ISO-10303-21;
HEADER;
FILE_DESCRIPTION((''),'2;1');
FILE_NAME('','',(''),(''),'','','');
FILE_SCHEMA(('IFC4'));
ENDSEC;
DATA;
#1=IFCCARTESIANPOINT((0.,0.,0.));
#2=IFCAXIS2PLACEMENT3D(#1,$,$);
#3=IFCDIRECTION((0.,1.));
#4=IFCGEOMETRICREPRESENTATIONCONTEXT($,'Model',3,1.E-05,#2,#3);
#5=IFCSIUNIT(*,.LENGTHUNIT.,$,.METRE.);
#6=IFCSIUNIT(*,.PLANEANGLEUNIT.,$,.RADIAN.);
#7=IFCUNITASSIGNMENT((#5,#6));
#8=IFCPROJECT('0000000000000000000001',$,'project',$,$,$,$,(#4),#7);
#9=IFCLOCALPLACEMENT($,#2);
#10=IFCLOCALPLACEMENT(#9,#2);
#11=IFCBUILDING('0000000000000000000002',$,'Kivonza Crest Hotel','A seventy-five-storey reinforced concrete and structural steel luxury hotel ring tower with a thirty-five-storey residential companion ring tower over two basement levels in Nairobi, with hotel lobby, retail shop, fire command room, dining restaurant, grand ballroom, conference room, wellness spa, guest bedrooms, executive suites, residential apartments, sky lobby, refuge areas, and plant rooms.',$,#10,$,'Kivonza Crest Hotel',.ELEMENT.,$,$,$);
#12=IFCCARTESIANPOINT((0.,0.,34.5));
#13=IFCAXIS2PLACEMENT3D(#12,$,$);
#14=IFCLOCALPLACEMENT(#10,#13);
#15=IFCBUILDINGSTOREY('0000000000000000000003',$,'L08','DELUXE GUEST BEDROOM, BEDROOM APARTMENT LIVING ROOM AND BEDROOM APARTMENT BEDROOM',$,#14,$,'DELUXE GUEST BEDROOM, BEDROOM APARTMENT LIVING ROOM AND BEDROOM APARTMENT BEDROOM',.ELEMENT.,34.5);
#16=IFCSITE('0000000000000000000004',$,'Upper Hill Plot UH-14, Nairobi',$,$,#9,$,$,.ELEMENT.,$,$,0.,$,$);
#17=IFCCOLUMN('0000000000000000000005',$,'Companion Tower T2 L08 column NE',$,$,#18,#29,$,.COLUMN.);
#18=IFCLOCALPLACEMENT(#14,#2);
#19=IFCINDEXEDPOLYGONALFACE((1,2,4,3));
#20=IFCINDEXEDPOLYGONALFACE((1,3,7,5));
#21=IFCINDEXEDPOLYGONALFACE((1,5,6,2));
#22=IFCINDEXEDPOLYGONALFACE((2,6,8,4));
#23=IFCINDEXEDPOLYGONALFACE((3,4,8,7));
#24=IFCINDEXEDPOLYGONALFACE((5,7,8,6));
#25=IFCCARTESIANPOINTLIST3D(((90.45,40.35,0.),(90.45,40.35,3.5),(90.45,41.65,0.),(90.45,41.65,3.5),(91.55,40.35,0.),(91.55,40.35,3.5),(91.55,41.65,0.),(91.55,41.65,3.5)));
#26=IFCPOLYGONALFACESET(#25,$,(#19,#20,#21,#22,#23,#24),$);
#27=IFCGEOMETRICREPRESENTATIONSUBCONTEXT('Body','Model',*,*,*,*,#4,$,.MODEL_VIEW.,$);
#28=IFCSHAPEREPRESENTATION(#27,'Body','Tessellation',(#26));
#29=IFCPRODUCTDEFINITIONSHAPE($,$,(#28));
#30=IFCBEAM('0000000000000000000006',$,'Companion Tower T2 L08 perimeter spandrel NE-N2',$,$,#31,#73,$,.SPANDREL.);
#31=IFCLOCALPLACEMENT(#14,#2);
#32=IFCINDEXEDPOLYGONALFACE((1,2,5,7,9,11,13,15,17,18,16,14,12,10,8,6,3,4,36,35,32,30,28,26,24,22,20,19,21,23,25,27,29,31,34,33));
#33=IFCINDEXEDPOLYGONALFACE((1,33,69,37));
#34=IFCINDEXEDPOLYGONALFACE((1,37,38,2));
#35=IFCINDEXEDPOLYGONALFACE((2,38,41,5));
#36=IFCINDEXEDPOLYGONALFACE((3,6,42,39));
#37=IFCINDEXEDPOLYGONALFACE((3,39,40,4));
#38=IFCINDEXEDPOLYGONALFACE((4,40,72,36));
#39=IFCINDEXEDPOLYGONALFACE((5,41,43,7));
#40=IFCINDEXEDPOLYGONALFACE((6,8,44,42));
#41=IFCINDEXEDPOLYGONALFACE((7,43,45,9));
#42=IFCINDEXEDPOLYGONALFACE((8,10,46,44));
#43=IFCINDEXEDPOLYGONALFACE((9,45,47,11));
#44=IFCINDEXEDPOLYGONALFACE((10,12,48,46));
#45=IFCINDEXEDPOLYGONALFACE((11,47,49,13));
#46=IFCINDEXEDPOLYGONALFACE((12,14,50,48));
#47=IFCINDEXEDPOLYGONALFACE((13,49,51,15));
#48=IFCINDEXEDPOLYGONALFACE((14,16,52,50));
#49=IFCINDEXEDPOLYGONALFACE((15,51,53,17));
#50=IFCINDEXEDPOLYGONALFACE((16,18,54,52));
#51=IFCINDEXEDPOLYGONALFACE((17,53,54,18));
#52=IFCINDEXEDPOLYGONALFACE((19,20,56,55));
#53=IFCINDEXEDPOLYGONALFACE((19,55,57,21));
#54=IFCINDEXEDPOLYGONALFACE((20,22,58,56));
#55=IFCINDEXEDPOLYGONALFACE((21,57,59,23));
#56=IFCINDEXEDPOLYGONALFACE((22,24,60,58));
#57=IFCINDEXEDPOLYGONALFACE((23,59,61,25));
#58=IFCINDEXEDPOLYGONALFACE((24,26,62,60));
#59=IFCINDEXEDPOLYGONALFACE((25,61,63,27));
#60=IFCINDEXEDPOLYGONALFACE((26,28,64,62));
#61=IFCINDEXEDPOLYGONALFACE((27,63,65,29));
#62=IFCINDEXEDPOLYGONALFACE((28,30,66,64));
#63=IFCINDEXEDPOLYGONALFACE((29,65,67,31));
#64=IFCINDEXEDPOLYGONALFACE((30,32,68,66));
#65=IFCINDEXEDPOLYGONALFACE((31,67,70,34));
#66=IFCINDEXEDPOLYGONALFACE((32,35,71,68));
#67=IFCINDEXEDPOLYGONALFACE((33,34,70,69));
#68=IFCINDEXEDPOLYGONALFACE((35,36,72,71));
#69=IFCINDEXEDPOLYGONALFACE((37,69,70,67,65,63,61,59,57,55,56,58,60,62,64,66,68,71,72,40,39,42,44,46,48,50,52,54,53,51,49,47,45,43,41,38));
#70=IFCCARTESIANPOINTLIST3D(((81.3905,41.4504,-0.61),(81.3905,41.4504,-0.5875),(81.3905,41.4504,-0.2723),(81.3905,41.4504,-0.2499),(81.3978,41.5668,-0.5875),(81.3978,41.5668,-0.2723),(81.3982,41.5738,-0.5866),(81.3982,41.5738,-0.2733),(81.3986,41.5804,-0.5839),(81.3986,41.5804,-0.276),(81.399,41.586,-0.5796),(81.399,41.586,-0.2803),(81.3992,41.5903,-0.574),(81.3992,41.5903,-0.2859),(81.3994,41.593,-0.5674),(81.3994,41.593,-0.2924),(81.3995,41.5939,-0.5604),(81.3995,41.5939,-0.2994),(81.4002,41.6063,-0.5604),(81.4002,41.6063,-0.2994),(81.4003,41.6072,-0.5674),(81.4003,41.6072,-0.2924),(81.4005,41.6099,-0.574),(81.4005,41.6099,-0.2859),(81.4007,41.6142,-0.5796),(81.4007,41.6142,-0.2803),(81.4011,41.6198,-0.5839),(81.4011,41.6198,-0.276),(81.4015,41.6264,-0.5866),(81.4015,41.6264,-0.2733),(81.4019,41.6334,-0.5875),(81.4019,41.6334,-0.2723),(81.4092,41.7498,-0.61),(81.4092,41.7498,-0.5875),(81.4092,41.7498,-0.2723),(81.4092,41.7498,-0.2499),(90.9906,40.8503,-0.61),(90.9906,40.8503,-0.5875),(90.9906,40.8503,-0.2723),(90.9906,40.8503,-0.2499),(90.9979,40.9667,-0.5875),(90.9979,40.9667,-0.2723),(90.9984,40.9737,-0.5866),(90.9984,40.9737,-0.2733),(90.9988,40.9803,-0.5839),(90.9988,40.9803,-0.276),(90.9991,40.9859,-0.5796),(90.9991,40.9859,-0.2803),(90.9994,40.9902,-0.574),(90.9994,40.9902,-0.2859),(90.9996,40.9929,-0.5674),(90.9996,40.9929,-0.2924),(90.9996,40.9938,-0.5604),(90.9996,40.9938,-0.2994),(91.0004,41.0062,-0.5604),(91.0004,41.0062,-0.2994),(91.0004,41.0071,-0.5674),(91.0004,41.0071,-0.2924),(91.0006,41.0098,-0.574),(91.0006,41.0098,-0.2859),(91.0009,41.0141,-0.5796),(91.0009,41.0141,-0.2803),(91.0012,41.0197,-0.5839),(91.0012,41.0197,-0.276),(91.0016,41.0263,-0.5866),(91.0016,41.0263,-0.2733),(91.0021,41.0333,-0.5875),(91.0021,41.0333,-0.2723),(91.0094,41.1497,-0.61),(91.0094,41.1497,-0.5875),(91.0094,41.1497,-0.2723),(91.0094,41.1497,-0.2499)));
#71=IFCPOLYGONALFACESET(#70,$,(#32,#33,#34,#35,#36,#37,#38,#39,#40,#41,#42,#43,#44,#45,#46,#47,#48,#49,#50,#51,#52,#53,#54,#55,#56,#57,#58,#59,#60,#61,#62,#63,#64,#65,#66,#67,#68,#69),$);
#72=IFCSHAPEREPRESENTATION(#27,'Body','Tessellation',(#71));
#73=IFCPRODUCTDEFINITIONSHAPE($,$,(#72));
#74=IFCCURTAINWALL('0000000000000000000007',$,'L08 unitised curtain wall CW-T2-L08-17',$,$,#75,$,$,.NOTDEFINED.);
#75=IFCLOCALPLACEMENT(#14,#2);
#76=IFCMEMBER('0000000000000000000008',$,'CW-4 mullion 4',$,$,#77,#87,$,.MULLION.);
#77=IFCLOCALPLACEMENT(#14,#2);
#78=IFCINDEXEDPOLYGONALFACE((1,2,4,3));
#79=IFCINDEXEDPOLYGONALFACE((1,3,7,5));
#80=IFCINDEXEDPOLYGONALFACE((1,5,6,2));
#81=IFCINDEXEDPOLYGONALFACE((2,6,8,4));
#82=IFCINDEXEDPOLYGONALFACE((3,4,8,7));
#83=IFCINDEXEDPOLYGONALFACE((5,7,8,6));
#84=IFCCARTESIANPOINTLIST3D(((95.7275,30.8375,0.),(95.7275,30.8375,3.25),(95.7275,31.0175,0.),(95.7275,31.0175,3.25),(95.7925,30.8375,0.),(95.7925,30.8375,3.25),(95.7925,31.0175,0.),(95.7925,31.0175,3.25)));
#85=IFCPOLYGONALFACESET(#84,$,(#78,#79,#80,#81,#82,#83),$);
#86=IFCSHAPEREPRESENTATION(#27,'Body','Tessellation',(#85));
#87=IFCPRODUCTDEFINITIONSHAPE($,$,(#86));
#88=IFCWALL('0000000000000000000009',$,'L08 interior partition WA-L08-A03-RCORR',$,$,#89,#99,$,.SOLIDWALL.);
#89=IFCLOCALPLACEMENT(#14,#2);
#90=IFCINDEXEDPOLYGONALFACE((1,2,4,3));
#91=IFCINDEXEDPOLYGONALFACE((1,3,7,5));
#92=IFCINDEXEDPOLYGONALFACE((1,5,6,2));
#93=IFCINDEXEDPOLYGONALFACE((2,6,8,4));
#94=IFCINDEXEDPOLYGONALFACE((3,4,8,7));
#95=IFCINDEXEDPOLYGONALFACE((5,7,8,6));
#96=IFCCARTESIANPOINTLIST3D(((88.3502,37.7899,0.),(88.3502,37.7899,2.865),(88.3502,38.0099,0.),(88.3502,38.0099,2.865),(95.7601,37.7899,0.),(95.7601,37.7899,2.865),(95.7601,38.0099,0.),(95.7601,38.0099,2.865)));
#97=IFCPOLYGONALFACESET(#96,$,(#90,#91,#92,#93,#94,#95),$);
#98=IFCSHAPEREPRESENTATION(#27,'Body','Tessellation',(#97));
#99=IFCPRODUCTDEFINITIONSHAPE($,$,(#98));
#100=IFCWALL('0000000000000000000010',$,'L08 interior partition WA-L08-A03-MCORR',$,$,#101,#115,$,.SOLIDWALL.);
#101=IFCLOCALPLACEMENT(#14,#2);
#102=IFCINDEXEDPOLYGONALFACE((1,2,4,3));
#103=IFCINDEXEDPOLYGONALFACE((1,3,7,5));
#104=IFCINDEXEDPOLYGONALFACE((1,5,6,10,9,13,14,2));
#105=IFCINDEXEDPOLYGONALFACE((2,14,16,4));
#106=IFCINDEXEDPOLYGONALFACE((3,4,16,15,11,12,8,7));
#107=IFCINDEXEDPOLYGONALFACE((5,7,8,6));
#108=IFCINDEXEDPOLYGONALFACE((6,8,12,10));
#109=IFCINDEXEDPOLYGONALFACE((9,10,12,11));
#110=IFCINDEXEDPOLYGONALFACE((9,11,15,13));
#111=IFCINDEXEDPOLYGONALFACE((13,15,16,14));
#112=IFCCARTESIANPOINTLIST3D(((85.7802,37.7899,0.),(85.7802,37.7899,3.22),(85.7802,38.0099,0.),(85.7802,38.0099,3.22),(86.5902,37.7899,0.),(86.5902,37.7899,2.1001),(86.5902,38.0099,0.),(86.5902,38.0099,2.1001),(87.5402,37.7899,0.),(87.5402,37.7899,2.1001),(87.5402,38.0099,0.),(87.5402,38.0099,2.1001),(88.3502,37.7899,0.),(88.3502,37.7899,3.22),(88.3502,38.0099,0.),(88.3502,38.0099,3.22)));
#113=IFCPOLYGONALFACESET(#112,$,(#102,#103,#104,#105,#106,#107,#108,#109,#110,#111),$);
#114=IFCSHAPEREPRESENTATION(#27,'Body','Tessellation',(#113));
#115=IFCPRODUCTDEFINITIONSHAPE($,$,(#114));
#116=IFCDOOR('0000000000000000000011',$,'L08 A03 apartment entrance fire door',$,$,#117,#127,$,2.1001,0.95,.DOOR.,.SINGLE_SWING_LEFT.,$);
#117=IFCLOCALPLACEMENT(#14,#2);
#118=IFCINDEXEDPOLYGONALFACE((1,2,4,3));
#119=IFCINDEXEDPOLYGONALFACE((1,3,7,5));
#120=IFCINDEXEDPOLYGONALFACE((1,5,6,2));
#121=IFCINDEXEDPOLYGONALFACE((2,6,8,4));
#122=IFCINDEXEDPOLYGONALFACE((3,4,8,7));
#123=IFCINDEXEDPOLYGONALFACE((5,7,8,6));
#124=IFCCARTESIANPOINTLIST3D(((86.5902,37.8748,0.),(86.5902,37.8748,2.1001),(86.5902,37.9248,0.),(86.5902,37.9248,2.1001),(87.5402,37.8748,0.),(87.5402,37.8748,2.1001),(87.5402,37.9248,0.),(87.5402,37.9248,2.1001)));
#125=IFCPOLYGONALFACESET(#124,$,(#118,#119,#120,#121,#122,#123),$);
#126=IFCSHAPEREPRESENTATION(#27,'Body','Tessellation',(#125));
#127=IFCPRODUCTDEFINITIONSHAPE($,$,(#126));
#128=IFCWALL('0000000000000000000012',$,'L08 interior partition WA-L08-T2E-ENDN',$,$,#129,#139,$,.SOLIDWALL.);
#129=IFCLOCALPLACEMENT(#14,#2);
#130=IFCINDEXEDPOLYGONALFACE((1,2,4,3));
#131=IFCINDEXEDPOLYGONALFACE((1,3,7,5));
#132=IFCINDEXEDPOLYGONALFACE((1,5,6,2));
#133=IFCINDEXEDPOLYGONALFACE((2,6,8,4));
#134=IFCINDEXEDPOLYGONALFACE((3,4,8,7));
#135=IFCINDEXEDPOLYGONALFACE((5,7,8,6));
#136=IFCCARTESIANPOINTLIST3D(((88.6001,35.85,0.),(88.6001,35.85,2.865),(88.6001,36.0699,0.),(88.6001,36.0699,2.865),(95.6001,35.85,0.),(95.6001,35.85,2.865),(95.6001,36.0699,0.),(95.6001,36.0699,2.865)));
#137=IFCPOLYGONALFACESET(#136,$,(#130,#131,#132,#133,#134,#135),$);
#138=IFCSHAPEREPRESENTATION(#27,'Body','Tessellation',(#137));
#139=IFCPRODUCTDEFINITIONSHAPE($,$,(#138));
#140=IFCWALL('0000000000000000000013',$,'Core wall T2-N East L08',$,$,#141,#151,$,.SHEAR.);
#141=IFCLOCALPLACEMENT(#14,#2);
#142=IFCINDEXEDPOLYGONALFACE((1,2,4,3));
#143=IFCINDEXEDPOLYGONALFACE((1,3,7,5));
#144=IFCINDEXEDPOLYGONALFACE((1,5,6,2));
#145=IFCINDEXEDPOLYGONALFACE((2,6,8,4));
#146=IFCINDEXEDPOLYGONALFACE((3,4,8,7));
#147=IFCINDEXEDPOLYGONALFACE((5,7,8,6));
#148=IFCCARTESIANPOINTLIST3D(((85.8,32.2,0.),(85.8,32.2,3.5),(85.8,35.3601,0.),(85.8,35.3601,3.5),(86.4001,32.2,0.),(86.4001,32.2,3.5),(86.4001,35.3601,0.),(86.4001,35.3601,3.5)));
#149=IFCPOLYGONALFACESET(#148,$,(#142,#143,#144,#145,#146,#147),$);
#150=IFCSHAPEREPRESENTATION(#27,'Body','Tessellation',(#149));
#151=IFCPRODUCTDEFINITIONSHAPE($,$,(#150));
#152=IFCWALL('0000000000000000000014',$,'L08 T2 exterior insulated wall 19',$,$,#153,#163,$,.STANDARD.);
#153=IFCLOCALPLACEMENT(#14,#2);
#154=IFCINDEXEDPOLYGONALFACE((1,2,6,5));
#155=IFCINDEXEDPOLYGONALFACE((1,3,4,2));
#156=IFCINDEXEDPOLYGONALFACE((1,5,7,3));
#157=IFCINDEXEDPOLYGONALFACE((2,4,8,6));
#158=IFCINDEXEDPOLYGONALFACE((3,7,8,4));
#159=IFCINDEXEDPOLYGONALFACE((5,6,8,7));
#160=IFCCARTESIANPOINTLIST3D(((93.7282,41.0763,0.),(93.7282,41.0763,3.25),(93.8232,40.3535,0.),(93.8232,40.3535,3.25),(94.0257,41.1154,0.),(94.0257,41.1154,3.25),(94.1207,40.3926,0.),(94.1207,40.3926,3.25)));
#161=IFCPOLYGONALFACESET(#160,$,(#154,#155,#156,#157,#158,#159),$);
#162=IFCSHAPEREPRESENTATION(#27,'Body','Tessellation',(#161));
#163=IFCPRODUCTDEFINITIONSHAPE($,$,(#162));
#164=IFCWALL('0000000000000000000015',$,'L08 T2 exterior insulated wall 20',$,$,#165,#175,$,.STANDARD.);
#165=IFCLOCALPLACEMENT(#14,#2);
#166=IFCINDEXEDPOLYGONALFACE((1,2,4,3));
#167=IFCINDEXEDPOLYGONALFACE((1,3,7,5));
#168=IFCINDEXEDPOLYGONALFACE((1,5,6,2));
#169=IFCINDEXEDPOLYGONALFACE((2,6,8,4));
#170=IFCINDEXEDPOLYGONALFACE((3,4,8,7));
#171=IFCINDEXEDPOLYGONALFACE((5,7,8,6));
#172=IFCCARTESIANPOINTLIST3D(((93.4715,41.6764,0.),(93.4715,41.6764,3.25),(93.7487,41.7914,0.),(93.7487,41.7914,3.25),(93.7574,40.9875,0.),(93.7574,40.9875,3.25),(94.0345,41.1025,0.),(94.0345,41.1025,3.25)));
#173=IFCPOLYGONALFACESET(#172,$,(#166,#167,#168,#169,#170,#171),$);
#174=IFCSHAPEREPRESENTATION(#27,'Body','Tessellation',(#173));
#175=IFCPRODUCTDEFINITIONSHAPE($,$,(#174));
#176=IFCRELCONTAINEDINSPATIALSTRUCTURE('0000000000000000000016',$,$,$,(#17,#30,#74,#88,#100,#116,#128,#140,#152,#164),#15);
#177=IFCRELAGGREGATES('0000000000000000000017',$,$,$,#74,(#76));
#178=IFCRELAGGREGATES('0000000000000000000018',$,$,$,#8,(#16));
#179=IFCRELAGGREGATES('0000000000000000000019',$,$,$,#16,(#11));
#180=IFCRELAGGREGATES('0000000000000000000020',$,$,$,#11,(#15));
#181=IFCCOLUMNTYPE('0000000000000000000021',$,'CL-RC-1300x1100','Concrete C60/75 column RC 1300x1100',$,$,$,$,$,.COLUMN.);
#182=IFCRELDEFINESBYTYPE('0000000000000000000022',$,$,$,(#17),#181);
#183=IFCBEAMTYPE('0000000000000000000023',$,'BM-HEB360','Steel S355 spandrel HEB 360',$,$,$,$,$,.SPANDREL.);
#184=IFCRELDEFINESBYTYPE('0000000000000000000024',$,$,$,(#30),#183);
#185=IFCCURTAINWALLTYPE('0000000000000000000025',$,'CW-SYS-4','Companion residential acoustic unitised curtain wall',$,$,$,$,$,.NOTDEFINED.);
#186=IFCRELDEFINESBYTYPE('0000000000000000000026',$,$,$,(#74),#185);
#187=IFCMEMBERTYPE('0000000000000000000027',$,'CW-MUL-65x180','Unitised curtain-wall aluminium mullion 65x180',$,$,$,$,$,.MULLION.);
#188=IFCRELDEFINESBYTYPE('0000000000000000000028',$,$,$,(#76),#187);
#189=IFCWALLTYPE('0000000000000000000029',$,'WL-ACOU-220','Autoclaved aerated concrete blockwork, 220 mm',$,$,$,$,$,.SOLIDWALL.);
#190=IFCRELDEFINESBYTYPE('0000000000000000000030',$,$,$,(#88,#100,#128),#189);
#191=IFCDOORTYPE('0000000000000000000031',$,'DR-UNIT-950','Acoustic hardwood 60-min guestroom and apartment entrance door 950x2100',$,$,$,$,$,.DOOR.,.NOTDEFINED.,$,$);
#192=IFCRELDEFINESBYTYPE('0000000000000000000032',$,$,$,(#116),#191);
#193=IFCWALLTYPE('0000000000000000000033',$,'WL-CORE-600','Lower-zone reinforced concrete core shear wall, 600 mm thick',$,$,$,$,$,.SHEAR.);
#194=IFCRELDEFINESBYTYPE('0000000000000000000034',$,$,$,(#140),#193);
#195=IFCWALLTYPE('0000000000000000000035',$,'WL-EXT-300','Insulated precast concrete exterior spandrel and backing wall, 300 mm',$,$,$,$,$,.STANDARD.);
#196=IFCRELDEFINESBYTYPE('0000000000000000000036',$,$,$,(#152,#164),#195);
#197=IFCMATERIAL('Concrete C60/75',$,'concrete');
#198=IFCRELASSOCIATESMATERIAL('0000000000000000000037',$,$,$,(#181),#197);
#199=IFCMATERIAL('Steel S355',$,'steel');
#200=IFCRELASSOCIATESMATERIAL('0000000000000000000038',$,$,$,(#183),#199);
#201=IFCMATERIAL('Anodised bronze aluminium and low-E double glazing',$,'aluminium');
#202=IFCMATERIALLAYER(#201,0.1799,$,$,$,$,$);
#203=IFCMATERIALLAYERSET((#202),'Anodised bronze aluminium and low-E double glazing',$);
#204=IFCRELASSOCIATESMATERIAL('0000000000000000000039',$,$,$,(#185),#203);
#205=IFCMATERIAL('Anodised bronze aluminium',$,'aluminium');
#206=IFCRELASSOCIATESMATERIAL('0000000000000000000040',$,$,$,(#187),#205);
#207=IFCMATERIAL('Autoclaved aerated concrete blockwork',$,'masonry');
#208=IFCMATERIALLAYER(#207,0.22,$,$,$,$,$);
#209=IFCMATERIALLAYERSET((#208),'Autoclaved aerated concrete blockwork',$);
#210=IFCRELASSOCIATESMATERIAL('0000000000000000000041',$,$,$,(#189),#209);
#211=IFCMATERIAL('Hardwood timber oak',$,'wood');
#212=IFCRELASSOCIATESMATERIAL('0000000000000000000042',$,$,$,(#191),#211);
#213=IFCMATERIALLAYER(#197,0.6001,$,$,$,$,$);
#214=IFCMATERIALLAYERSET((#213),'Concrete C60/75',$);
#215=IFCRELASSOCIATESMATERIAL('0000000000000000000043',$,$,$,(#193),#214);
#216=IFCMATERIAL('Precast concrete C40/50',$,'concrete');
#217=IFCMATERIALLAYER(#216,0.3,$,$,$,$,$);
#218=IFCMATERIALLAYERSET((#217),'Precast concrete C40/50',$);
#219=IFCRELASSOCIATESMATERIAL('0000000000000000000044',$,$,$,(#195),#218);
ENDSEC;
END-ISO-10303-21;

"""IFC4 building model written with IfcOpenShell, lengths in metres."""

from ifc_helpers import new_model, si_unit, direction, frame, frame_2d, origin, origin_2d, place, context, subcontext, project, spatial, rectangle, i_section, extrude, material, layer, layer_set, material_profile, profile_set, type_object, element, fill, aggregate, save


model = new_model("IFC4")

# Units and contexts
model_context = context("Model", 3, precision=1e-05, world=origin(), true_north=direction((0.0, 1.0)))
body_context = subcontext(model_context, "Body", "Model", "MODEL_VIEW")
ifc_project = project(units=[si_unit("LENGTHUNIT", "METRE"), si_unit("PLANEANGLEUNIT", "RADIAN")], contexts=[model_context])

# Site, building, storey
site_placement = place(None, origin())
site = spatial("IfcSite", under=ifc_project, at=site_placement, Name="Upper Hill Plot UH-14, Nairobi", CompositionType="ELEMENT", RefElevation=0.0)
building_placement = place(site_placement, origin())
building = spatial("IfcBuilding", under=site, at=building_placement, Name="Kivonza Crest Hotel", Description="A seventy-five-storey reinforced concrete and structural steel luxury hotel ring tower with a thirty-five-storey residential companion ring tower over two basement levels in Nairobi, with hotel lobby, retail shop, fire command room, dining restaurant, grand ballroom, conference room, wellness spa, guest bedrooms, executive suites, residential apartments, sky lobby, refuge areas, and plant rooms.", LongName="Kivonza Crest Hotel", CompositionType="ELEMENT")
storey_placement = place(building_placement, frame((0.0, 0.0, 34.5)))
storey = spatial("IfcBuildingStorey", under=building, at=storey_placement, Name="L08", Description="DELUXE GUEST BEDROOM, BEDROOM APARTMENT LIVING ROOM AND BEDROOM APARTMENT BEDROOM", LongName="DELUXE GUEST BEDROOM, BEDROOM APARTMENT LIVING ROOM AND BEDROOM APARTMENT BEDROOM", CompositionType="ELEMENT", Elevation=34.5)

# Column
ifc_material_1 = material(Name="Concrete C60/75", Category="concrete")
ifc_material_profile_1 = material_profile(ifc_material_1, rectangle(XDim=1.1001, YDim=1.3, at=origin_2d()), Name="RC 1300x1100")
ifc_profile_set_1 = profile_set([ifc_material_profile_1], Name="Concrete C60/75")
column_type = type_object("IfcColumnType", Name="CL-RC-1300x1100", Description="Concrete C60/75 column RC 1300x1100", PredefinedType="COLUMN", material=ifc_profile_set_1)
column_placement = place(storey_placement, frame((91.0, 41.0, 0.0), z_axis=(0.0, 0.0, 1.0), x_axis=(1.0, 0.0, 0.0)))
element("IfcColumn", 1, at=column_placement, inside=storey, type_object=column_type, Name="Companion Tower T2 L08 column NE", PredefinedType="COLUMN", context=body_context, shape_type="SweptSolid", body=[
    extrude(rectangle(XDim=1.1001, YDim=1.3, at=origin_2d()), origin(), (0.0, 0.0, 1.0), 3.5),
])

# Beam
ifc_material_2 = material(Name="Steel S355", Category="steel")
ifc_material_profile_2 = material_profile(ifc_material_2, i_section(OverallWidth=0.3, OverallDepth=0.3601, WebThickness=0.0125, FlangeThickness=0.0225, FilletRadius=0.0271, at=origin_2d()), Name="HEB 360")
ifc_profile_set_2 = profile_set([ifc_material_profile_2], Name="Steel S355")
beam_type = type_object("IfcBeamType", Name="BM-HEB360", Description="Steel S355 spandrel HEB 360", PredefinedType="SPANDREL", material=ifc_profile_set_2)
beam_placement = place(storey_placement, frame((91.0, 41.0, -0.4299), z_axis=(-0.998052, 0.062388, 0.0), x_axis=(-0.062388, -0.998052, 0.0)))
element("IfcBeam", 2, at=beam_placement, inside=storey, type_object=beam_type, Name="Companion Tower T2 L08 perimeter spandrel NE-N2", PredefinedType="SPANDREL", context=body_context, shape_type="SweptSolid", body=[
    extrude(i_section(OverallWidth=0.3, OverallDepth=0.3601, WebThickness=0.0125, FlangeThickness=0.0225, FilletRadius=0.0271, at=origin_2d()), origin(), (0.0, 0.0, 1.0), 9.6189),
])

# Curtain wall, member
ifc_material_3 = material(Name="Anodised bronze aluminium and low-E double glazing", Category="aluminium")
ifc_layer_1 = layer(ifc_material_3, 0.1799)
ifc_layer_set_1 = layer_set([ifc_layer_1], Name="Anodised bronze aluminium and low-E double glazing")
curtain_wall_type = type_object("IfcCurtainWallType", Name="CW-SYS-4", Description="Companion residential acoustic unitised curtain wall", PredefinedType="NOTDEFINED", material=ifc_layer_set_1)
curtain_wall_placement = place(storey_placement, origin())
curtain_wall = element("IfcCurtainWall", 3, at=curtain_wall_placement, inside=storey, type_object=curtain_wall_type, Name="L08 unitised curtain wall CW-T2-L08-17", PredefinedType="NOTDEFINED")
ifc_material_4 = material(Name="Anodised bronze aluminium", Category="aluminium")
ifc_material_profile_3 = material_profile(ifc_material_4, rectangle(XDim=0.0649, YDim=0.1799, at=origin_2d()), Name="CW-M 65x180")
ifc_profile_set_3 = profile_set([ifc_material_profile_3], Name="Anodised bronze aluminium")
member_type = type_object("IfcMemberType", Name="CW-MUL-65x180", Description="Unitised curtain-wall aluminium mullion 65x180", PredefinedType="MULLION", material=ifc_profile_set_3)
member_placement = place(storey_placement, frame((95.76, 30.9275, 0.0), z_axis=(0.0, 0.0, 1.0), x_axis=(-1.0, 0.0, 0.0)))
member = element("IfcMember", 4, at=member_placement, type_object=member_type, Name="CW-4 mullion 4", PredefinedType="MULLION", context=body_context, shape_type="SweptSolid", body=[
    extrude(rectangle(XDim=0.0649, YDim=0.1799, at=origin_2d()), origin(), (0.0, 0.0, 1.0), 3.25),
])
aggregate(curtain_wall, [member])

# Wall
ifc_material_5 = material(Name="Autoclaved aerated concrete blockwork", Category="masonry")
ifc_layer_2 = layer(ifc_material_5, 0.22)
ifc_layer_set_2 = layer_set([ifc_layer_2], Name="Autoclaved aerated concrete blockwork")
wall_type_1 = type_object("IfcWallType", Name="WL-ACOU-220", Description="Autoclaved aerated concrete blockwork, 220 mm", PredefinedType="SOLIDWALL", material=ifc_layer_set_2)
wall_1_placement = place(storey_placement, frame((88.3501, 37.8999, 0.0), z_axis=(0.0, 0.0, 1.0), x_axis=(1.0, 0.0, 0.0)))
element("IfcWall", 5, at=wall_1_placement, inside=storey, type_object=wall_type_1, Name="L08 interior partition WA-L08-A03-RCORR", PredefinedType="SOLIDWALL", context=body_context, shape_type="SweptSolid", body=[
    extrude(rectangle(XDim=7.4099, YDim=0.22, at=frame_2d((3.7051, 0.0))), origin(), (0.0, 0.0, 1.0), 2.865),
])

# Wall, opening, door
wall_2_placement = place(storey_placement, frame((85.78, 37.8999, 0.0), z_axis=(0.0, 0.0, 1.0), x_axis=(1.0, 0.0, 0.0)))
wall_2 = element("IfcWall", 6, at=wall_2_placement, inside=storey, type_object=wall_type_1, Name="L08 interior partition WA-L08-A03-MCORR", PredefinedType="SOLIDWALL", context=body_context, shape_type="SweptSolid", body=[
    extrude(rectangle(XDim=2.5701, YDim=0.22, at=frame_2d((1.2852, 0.0))), origin(), (0.0, 0.0, 1.0), 3.22),
])
opening_1_placement = place(wall_2_placement, frame((0.8101, 0.0, 0.0)))
opening_1 = element("IfcOpeningElement", 7, at=opening_1_placement, cuts=wall_2, PredefinedType="OPENING", context=body_context, shape_type="SweptSolid", body=[
    extrude(rectangle(XDim=0.95, YDim=2.1001, at=frame_2d((0.4751, 1.05))), frame((0.0, 0.1201, 0.0), z_axis=(0.0, -1.0, 0.0), x_axis=(1.0, 0.0, 0.0)), (0.0, 0.0, 1.0), 0.24),
])
ifc_material_6 = material(Name="Hardwood timber oak", Category="wood")
door_type_1 = type_object("IfcDoorType", Name="DR-UNIT-950", Description="Acoustic hardwood 60-min guestroom and apartment entrance door 950x2100", OperationType="NOTDEFINED", PredefinedType="DOOR", material=ifc_material_6)
door_1_placement = place(opening_1_placement, origin())
door_1 = element("IfcDoor", 8, at=door_1_placement, inside=storey, type_object=door_type_1, Name="L08 A03 apartment entrance fire door", OperationType="SINGLE_SWING_LEFT", OverallHeight=2.1001, OverallWidth=0.95, PredefinedType="DOOR", context=body_context, shape_type="SweptSolid", body=[
    extrude(rectangle(XDim=0.95, YDim=2.1001, at=frame_2d((0.4751, 1.05))), frame((0.0, 0.0249, 0.0), z_axis=(0.0, -1.0, 0.0), x_axis=(1.0, 0.0, 0.0)), (0.0, 0.0, 1.0), 0.05),
])
fill(opening_1, door_1)

# Walls
wall_3_placement = place(storey_placement, frame((88.6001, 35.96, 0.0), z_axis=(0.0, 0.0, 1.0), x_axis=(1.0, 0.0, 0.0)))
element("IfcWall", 9, at=wall_3_placement, inside=storey, type_object=wall_type_1, Name="L08 interior partition WA-L08-T2E-ENDN", PredefinedType="SOLIDWALL", context=body_context, shape_type="SweptSolid", body=[
    extrude(rectangle(XDim=7.0, YDim=0.22, at=frame_2d((3.5, 0.0))), origin(), (0.0, 0.0, 1.0), 2.865),
])
ifc_layer_3 = layer(ifc_material_1, 0.6001)
ifc_layer_set_3 = layer_set([ifc_layer_3], Name="Concrete C60/75")
wall_type_2 = type_object("IfcWallType", Name="WL-CORE-600", Description="Lower-zone reinforced concrete core shear wall, 600 mm thick", PredefinedType="SHEAR", material=ifc_layer_set_3)
wall_4_placement = place(storey_placement, frame((86.1001, 32.2, 0.0), z_axis=(0.0, 0.0, 1.0), x_axis=(0.0, 1.0, 0.0)))
element("IfcWall", 10, at=wall_4_placement, inside=storey, type_object=wall_type_2, Name="Core wall T2-N East L08", PredefinedType="SHEAR", context=body_context, shape_type="SweptSolid", body=[
    extrude(rectangle(XDim=3.1602, YDim=0.6001, at=frame_2d((1.5801, 0.0))), origin(), (0.0, 0.0, 1.0), 3.5),
])
ifc_material_7 = material(Name="Precast concrete C40/50", Category="concrete")
ifc_layer_4 = layer(ifc_material_7, 0.3)
ifc_layer_set_4 = layer_set([ifc_layer_4], Name="Precast concrete C40/50")
wall_type_3 = type_object("IfcWallType", Name="WL-EXT-300", Description="Insulated precast concrete exterior spandrel and backing wall, 300 mm", PredefinedType="STANDARD", material=ifc_layer_set_4)
wall_5_placement = place(storey_placement, frame((93.9719, 40.373, 0.0), z_axis=(0.0, 0.0, 1.0), x_axis=(-0.130255, 0.99148, 0.0)))
element("IfcWall", 11, at=wall_5_placement, inside=storey, type_object=wall_type_3, Name="L08 T2 exterior insulated wall 19", PredefinedType="STANDARD", context=body_context, shape_type="SweptSolid", body=[
    extrude(rectangle(XDim=0.729, YDim=0.3, at=frame_2d((0.3645, 0.0))), origin(), (0.0, 0.0, 1.0), 3.25),
])
wall_6_placement = place(storey_placement, frame((93.896, 41.0449, 0.0), z_axis=(0.0, 0.0, 1.0), x_axis=(-0.383267, 0.923638, 0.0)))
element("IfcWall", 12, at=wall_6_placement, inside=storey, type_object=wall_type_3, Name="L08 T2 exterior insulated wall 20", PredefinedType="STANDARD", context=body_context, shape_type="SweptSolid", body=[
    extrude(rectangle(XDim=0.7458, YDim=0.3, at=frame_2d((0.373, 0.0))), origin(), (0.0, 0.0, 1.0), 3.25),
])

save(model, "model.ifc")
